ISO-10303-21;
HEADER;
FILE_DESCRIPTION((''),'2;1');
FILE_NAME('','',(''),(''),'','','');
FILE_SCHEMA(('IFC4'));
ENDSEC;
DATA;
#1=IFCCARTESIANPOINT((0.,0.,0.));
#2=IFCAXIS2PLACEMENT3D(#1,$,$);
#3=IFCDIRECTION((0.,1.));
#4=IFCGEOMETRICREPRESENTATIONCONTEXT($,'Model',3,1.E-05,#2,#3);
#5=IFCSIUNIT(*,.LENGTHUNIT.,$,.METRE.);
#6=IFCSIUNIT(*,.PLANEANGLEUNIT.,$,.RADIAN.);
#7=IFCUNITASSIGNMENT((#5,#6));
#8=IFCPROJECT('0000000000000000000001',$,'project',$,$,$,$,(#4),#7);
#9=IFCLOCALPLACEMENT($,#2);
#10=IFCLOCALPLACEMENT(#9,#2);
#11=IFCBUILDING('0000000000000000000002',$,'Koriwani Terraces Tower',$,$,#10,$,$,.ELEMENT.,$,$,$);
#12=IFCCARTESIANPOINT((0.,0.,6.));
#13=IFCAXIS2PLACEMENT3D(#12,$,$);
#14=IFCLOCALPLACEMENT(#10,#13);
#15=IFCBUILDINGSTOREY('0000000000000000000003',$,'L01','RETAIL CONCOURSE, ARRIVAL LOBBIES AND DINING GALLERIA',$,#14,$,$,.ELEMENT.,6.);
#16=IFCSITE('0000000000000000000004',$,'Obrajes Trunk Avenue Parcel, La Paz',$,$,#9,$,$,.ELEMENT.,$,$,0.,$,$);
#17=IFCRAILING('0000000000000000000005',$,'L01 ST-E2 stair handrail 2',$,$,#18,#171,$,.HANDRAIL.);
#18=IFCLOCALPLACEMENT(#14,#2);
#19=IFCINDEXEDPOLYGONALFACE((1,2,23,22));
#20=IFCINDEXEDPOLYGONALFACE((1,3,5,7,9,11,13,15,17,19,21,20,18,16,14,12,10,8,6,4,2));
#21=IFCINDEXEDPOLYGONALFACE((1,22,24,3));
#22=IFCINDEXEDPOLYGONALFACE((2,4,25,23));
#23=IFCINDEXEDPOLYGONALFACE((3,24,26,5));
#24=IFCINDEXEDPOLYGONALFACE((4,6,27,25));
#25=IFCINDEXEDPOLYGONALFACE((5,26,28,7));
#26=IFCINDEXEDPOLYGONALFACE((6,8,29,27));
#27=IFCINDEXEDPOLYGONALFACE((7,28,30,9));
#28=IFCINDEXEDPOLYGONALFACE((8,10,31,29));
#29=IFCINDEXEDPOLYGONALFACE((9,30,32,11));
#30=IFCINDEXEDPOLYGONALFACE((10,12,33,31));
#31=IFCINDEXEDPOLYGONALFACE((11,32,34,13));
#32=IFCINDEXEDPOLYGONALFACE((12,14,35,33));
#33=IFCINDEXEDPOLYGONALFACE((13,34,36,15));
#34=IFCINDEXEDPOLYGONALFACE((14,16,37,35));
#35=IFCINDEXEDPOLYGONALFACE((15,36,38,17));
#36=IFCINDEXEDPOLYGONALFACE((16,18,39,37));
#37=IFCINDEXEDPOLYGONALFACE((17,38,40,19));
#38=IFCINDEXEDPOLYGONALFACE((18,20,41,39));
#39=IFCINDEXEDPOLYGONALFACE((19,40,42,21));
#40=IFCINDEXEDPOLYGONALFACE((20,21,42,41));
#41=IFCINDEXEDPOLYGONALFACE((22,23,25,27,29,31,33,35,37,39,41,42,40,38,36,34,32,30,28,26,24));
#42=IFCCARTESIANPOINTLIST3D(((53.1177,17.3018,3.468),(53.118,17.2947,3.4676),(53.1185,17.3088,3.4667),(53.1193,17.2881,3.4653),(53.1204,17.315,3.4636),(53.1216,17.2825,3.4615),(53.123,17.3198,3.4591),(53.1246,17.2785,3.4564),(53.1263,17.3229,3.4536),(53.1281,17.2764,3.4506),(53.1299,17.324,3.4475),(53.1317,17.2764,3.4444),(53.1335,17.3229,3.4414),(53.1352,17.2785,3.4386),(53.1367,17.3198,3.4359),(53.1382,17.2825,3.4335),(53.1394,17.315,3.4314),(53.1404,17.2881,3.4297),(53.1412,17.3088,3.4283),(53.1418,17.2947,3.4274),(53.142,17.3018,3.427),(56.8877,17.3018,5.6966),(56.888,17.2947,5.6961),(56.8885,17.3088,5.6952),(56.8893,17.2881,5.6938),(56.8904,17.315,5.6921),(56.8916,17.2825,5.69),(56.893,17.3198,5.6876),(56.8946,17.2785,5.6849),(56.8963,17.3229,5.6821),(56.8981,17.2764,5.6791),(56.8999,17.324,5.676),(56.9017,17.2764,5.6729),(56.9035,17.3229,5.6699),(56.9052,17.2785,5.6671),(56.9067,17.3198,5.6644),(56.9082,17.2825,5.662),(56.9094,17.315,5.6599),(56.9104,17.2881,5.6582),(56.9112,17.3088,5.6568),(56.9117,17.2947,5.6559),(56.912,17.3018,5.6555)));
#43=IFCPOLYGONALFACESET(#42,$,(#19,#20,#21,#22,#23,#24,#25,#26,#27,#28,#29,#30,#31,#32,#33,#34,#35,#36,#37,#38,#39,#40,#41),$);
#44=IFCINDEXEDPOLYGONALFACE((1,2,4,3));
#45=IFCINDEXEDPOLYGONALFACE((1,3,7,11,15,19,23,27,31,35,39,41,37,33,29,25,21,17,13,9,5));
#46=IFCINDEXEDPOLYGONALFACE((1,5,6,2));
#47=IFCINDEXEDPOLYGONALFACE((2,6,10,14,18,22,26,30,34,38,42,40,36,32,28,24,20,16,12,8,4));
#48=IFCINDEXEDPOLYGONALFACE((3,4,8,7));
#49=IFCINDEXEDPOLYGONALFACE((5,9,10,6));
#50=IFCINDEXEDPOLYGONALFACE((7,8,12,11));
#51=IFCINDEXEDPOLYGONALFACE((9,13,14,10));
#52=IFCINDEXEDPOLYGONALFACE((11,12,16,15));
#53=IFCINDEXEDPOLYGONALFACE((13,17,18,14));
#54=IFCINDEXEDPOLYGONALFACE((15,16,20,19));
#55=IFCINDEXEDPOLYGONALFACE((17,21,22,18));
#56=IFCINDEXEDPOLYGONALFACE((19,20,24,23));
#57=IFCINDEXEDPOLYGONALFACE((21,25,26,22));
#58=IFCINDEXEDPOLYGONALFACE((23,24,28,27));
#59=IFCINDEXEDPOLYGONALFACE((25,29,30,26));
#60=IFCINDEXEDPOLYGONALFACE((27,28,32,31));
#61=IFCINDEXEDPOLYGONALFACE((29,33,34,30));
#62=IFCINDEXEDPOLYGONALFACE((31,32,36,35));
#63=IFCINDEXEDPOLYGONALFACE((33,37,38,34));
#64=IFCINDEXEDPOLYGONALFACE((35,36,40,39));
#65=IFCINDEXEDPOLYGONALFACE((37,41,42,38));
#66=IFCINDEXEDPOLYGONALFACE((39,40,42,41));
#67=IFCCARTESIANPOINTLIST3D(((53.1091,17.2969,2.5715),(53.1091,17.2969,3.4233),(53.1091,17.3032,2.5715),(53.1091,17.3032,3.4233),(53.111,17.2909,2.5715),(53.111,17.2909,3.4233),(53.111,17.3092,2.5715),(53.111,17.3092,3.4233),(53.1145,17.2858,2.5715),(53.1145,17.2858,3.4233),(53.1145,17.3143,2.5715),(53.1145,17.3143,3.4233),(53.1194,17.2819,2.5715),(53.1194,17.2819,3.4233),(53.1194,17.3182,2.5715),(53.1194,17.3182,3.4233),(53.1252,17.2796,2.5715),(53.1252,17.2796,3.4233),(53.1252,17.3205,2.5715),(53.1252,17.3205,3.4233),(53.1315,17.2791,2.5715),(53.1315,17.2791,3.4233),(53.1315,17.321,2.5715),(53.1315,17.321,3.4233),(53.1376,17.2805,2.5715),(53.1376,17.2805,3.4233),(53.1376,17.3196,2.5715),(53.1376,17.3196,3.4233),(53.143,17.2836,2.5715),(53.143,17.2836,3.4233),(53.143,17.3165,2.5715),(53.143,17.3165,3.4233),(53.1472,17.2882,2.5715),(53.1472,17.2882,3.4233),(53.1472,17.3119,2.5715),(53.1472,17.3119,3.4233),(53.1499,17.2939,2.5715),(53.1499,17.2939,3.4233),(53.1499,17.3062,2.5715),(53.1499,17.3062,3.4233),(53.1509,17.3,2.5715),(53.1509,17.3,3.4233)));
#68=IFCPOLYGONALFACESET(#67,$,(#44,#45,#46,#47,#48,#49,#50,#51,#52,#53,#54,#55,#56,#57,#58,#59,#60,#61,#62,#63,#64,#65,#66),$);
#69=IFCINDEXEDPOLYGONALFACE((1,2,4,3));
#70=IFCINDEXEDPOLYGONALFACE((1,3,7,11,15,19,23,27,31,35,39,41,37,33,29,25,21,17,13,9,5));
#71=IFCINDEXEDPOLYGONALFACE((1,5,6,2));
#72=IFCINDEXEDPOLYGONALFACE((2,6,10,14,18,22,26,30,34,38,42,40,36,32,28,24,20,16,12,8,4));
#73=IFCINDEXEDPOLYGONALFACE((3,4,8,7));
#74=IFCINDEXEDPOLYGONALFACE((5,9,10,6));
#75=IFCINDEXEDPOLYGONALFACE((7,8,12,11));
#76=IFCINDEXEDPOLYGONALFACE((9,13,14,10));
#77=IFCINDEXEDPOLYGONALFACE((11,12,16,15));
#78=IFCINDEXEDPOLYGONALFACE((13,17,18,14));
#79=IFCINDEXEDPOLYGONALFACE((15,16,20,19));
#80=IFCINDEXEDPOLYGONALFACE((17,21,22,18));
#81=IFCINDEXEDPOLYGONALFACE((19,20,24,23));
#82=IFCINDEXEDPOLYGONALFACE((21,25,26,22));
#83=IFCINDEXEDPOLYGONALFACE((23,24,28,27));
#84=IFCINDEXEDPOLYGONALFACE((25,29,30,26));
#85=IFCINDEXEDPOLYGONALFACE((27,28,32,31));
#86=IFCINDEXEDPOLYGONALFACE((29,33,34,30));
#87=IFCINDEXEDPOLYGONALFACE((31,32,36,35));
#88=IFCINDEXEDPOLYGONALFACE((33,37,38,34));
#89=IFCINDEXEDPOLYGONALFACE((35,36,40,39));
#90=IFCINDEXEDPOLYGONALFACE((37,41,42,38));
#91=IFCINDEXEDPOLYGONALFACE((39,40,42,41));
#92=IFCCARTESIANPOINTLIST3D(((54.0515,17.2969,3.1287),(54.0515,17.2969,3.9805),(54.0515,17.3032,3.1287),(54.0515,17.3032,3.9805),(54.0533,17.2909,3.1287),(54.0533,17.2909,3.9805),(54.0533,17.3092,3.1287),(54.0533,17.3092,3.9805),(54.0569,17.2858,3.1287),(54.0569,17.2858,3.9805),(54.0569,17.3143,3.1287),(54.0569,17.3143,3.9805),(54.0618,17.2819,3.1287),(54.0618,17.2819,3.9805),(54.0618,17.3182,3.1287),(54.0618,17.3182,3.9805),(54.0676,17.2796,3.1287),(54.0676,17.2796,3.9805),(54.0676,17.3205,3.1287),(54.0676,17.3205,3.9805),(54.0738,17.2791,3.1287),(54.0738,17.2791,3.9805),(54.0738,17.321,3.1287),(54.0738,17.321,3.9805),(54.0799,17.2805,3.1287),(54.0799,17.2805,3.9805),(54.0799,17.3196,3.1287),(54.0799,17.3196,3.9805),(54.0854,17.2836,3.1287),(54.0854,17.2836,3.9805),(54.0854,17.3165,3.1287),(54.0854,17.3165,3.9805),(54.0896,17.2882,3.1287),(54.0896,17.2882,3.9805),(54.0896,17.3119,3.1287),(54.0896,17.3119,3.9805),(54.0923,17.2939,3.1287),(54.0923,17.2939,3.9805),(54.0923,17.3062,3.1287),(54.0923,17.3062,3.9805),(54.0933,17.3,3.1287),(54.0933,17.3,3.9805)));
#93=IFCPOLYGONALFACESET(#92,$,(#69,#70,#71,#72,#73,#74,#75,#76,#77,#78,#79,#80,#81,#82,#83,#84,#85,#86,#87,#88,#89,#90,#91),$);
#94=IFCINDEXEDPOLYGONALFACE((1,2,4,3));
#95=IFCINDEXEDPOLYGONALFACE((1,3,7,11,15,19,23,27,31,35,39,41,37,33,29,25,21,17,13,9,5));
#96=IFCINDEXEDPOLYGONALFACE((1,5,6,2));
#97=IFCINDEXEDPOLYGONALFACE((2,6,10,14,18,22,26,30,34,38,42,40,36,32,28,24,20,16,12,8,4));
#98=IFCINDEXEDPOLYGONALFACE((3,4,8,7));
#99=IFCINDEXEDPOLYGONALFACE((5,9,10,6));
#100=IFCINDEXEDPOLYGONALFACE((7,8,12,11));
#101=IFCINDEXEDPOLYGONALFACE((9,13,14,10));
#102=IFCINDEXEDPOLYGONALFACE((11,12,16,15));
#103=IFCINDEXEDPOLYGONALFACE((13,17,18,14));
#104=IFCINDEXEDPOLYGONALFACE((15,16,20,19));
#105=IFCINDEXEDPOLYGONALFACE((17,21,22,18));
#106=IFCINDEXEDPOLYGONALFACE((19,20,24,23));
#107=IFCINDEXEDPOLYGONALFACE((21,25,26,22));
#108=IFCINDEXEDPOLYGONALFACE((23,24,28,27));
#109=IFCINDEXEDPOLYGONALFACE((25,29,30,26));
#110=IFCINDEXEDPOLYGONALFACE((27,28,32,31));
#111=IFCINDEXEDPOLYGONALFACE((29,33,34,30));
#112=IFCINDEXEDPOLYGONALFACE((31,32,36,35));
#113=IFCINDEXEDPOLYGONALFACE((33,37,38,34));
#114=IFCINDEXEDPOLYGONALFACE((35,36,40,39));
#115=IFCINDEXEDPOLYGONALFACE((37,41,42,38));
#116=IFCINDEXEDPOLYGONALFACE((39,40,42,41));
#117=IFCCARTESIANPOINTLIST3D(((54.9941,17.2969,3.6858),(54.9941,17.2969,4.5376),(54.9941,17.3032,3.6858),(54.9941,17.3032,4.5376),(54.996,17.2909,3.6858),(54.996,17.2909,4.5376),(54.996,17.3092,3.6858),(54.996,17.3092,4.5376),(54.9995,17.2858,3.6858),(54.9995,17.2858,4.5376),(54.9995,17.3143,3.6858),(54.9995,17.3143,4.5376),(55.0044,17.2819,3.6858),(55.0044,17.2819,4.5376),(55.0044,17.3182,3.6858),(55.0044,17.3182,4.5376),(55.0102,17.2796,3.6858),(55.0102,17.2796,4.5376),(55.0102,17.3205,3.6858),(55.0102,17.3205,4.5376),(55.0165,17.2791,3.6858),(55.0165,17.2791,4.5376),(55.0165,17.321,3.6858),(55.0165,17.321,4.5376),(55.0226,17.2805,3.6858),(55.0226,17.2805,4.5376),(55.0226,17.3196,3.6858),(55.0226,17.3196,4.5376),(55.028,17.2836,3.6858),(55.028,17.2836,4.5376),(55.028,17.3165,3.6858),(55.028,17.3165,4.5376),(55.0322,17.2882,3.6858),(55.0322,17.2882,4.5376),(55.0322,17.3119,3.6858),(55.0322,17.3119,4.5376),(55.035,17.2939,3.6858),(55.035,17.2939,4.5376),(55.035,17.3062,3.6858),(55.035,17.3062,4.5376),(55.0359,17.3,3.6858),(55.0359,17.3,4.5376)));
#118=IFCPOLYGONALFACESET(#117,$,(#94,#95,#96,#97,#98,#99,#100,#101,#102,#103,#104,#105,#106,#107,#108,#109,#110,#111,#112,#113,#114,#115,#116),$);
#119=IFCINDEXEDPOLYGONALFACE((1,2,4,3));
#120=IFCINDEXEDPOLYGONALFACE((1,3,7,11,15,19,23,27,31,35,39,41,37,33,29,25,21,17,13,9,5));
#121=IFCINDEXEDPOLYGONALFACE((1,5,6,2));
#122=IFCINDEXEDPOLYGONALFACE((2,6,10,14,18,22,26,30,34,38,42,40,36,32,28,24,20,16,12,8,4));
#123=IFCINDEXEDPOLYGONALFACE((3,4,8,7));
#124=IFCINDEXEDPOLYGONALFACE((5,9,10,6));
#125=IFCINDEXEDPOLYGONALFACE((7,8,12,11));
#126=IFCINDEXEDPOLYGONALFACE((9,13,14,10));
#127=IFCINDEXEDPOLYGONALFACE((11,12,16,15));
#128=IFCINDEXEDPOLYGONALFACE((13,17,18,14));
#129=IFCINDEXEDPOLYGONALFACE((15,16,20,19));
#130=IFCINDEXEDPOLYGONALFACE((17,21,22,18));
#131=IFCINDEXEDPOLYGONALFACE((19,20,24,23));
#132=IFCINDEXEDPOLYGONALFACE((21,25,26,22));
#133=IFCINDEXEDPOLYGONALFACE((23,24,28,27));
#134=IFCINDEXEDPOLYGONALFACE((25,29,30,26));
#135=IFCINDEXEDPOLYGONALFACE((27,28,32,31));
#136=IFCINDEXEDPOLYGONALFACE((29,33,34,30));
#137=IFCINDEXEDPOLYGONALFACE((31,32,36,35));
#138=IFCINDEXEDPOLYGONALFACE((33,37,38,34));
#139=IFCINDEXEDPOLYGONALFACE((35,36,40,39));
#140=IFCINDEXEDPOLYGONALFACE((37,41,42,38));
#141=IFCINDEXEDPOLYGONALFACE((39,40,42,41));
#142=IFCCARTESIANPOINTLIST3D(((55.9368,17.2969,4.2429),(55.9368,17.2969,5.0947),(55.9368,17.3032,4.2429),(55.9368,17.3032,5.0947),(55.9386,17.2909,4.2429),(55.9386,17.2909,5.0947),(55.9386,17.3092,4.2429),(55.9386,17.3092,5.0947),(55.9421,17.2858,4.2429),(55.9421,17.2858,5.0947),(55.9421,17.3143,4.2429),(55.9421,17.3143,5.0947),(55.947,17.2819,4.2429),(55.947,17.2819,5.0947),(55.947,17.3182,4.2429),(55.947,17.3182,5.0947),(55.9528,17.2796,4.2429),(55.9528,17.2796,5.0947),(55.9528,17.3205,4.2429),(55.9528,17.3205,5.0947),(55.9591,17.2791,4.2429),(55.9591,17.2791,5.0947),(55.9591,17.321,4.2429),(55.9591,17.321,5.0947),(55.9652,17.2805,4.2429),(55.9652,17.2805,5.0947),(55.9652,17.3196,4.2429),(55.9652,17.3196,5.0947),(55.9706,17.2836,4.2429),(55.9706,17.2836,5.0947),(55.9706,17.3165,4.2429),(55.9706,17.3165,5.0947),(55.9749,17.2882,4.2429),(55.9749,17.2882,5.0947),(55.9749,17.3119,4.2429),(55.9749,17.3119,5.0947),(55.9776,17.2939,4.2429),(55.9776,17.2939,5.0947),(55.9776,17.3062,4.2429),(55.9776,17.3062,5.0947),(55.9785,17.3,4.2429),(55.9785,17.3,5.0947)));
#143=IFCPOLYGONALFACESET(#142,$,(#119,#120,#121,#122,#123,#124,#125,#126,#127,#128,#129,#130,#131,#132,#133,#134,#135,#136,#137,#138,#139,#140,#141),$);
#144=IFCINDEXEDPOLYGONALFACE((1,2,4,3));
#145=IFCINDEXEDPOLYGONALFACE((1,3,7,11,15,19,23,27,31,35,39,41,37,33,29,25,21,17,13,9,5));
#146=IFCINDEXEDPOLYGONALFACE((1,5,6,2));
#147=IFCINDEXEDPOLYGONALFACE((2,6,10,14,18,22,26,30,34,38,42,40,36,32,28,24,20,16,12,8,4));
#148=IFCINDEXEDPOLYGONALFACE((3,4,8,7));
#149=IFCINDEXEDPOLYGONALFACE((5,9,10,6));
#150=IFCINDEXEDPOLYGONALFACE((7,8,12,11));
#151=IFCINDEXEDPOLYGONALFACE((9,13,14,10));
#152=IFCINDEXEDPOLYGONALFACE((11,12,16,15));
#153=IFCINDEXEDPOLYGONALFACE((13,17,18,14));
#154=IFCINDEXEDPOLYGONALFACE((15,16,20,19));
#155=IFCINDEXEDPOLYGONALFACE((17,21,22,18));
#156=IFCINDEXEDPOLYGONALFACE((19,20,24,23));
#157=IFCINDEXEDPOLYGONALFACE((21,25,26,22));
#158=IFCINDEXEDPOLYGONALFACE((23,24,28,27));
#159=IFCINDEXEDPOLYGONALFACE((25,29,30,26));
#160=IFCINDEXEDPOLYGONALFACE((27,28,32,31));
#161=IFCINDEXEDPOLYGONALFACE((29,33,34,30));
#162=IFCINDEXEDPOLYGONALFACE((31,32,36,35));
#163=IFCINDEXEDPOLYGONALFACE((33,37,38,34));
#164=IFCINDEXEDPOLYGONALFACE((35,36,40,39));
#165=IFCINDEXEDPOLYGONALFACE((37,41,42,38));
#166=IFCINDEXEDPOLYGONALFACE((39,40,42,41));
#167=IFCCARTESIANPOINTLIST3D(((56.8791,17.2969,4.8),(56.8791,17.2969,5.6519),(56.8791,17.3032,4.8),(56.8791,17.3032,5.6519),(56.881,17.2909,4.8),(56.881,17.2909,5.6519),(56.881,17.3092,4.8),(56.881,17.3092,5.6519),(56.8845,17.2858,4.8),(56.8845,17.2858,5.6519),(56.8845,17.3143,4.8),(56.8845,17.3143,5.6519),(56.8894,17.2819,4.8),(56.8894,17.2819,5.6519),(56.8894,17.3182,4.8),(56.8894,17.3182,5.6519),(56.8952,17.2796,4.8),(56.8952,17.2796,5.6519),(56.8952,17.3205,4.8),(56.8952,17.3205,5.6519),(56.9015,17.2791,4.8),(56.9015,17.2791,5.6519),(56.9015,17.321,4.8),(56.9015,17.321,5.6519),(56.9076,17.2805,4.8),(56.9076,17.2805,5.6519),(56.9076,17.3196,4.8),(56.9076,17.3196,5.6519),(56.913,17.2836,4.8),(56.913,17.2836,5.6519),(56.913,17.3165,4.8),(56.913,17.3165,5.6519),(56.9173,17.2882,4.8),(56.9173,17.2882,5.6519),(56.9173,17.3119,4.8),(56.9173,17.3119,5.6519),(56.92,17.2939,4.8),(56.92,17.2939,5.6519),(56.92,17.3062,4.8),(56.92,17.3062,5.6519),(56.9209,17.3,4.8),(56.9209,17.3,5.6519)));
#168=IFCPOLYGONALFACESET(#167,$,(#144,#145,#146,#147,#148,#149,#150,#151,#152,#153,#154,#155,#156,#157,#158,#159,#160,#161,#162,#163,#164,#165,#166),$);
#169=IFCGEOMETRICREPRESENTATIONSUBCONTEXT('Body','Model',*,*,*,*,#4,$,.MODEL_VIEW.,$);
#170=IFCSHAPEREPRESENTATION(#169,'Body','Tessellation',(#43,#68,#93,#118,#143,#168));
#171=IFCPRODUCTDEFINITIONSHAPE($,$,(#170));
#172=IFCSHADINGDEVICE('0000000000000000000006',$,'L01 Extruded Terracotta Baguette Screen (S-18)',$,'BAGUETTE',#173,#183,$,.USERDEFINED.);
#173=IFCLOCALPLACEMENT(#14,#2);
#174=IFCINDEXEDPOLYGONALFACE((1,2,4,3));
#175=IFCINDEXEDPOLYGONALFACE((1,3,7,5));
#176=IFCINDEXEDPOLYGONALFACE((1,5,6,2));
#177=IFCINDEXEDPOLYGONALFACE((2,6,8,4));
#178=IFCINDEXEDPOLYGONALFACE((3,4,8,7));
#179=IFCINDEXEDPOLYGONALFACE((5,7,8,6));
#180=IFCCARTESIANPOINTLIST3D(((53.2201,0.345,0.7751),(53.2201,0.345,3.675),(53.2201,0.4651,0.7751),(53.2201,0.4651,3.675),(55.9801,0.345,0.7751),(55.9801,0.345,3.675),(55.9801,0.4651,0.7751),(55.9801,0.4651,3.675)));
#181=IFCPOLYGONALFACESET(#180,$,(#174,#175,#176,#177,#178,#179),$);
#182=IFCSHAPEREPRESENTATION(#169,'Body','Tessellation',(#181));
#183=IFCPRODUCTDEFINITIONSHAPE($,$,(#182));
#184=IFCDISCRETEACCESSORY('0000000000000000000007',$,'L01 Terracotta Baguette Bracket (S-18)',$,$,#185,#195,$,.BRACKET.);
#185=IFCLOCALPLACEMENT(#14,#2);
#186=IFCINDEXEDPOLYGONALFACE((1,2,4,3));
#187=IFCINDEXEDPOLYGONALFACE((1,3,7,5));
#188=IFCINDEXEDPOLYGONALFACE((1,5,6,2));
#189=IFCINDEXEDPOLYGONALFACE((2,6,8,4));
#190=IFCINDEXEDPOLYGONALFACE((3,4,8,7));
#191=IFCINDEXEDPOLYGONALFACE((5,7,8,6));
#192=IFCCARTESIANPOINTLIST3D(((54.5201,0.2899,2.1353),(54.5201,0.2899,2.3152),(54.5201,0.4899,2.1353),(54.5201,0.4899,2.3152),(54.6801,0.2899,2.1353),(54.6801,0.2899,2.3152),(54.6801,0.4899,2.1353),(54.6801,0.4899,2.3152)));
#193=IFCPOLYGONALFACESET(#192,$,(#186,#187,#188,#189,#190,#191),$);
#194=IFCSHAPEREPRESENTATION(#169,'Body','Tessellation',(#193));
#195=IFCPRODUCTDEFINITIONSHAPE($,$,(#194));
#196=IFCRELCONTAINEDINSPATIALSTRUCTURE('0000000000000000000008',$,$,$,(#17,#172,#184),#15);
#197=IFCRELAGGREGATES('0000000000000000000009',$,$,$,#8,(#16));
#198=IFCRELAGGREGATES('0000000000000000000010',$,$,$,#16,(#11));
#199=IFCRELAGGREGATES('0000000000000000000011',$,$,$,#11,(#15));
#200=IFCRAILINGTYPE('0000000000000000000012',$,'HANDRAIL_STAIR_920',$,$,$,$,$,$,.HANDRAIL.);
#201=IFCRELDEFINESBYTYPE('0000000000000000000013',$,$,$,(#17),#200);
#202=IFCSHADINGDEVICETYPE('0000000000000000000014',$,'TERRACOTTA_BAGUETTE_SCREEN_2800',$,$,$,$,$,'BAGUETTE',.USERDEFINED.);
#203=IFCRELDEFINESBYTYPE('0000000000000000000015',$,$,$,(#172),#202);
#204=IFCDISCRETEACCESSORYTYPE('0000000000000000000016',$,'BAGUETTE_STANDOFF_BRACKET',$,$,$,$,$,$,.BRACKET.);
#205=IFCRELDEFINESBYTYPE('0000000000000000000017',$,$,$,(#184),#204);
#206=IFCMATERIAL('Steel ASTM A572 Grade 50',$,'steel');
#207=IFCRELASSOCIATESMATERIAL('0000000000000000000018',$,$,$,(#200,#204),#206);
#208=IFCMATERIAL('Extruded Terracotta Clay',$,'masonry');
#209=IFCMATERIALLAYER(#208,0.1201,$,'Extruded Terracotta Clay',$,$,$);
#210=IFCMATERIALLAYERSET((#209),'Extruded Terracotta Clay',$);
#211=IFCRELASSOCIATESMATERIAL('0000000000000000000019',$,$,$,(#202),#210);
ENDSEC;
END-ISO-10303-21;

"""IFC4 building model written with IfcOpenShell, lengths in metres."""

from ifc_helpers import new_model, si_unit, direction, frame, origin, origin_2d, place, context, subcontext, project, spatial, rectangle, circle, extrude, material, layer, layer_set, type_object, element, save


model = new_model("IFC4")

# Units and contexts
model_context = context("Model", 3, precision=1e-05, world=origin(), true_north=direction((0.0, 1.0)))
body_context = subcontext(model_context, "Body", "Model", "MODEL_VIEW")
ifc_project = project(units=[si_unit("LENGTHUNIT", "METRE"), si_unit("PLANEANGLEUNIT", "RADIAN")], contexts=[model_context])

# Site, building, storey
site_placement = place(None, origin())
site = spatial("IfcSite", under=ifc_project, at=site_placement, Name="Obrajes Trunk Avenue Parcel, La Paz", CompositionType="ELEMENT", RefElevation=0.0)
building_placement = place(site_placement, origin())
building = spatial("IfcBuilding", under=site, at=building_placement, Name="Koriwani Terraces Tower", CompositionType="ELEMENT")
storey_placement = place(building_placement, frame((0.0, 0.0, 6.0)))
storey = spatial("IfcBuildingStorey", under=building, at=storey_placement, Name="L01", Description="RETAIL CONCOURSE, ARRIVAL LOBBIES AND DINING GALLERIA", CompositionType="ELEMENT", Elevation=6.0)

# Shared definitions
ifc_material_1 = material(Name="Steel ASTM A572 Grade 50", Category="steel")

# Railing
railing_type_1 = type_object("IfcRailingType", Name="HANDRAIL_STAIR_920", PredefinedType="HANDRAIL", material=ifc_material_1)
railing_1_placement = place(storey_placement, frame((53.1299, 17.3, 2.5715)))
element("IfcRailing", 1, at=railing_1_placement, inside=storey, type_object=railing_type_1, Name="L01 ST-E2 stair handrail 2", PredefinedType="HANDRAIL", context=body_context, shape_type="SweptSolid", body=[
    extrude(circle(Radius=0.0239, at=origin_2d()), frame((0.0, 0.0, 0.876), z_axis=(0.860849, 0.0, 0.508861), x_axis=(0.0, 1.0, 0.0)), (0.0, 0.0, 1.0), 4.3794),
    extrude(circle(Radius=0.021, at=origin_2d()), origin(), (0.0, 0.0, 1.0), 0.8518),
    extrude(circle(Radius=0.021, at=origin_2d()), frame((0.9424, 0.0, 0.5571)), (0.0, 0.0, 1.0), 0.8518),
    extrude(circle(Radius=0.021, at=origin_2d()), frame((1.885, 0.0, 1.1143)), (0.0, 0.0, 1.0), 0.8518),
    extrude(circle(Radius=0.021, at=origin_2d()), frame((2.8276, 0.0, 1.6714)), (0.0, 0.0, 1.0), 0.8518),
    extrude(circle(Radius=0.021, at=origin_2d()), frame((3.77, 0.0, 2.2285)), (0.0, 0.0, 1.0), 0.8518),
])

# Shading device
ifc_material_2 = material(Name="Extruded Terracotta Clay", Category="masonry")
ifc_layer_1 = layer(ifc_material_2, 0.1201, Name="Extruded Terracotta Clay")
ifc_layer_set_1 = layer_set([ifc_layer_1], Name="Extruded Terracotta Clay")
shading_device_type = type_object("IfcShadingDeviceType", Name="TERRACOTTA_BAGUETTE_SCREEN_2800", ElementType="BAGUETTE", PredefinedType="USERDEFINED", material=ifc_layer_set_1)
shading_device_placement = place(storey_placement, frame((54.6001, 0.405, 0.7751), z_axis=(0.0, 0.0, 1.0), x_axis=(-1.0, 0.0, 0.0)))
element("IfcShadingDevice", 2, at=shading_device_placement, inside=storey, type_object=shading_device_type, Name="L01 Extruded Terracotta Baguette Screen (S-18)", ObjectType="BAGUETTE", PredefinedType="USERDEFINED", context=body_context, shape_type="SweptSolid", body=[
    extrude(rectangle(XDim=2.76, YDim=0.1201, at=origin_2d()), origin(), (0.0, 0.0, 1.0), 2.8999),
])

# Discrete accessory
discrete_accessory_type = type_object("IfcDiscreteAccessoryType", Name="BAGUETTE_STANDOFF_BRACKET", PredefinedType="BRACKET", material=ifc_material_1)
discrete_accessory_placement = place(storey_placement, frame((54.6001, 0.3899, 2.1353), z_axis=(0.0, 0.0, 1.0), x_axis=(-1.0, 0.0, 0.0)))
element("IfcDiscreteAccessory", 3, at=discrete_accessory_placement, inside=storey, type_object=discrete_accessory_type, Name="L01 Terracotta Baguette Bracket (S-18)", PredefinedType="BRACKET", context=body_context, shape_type="SweptSolid", body=[
    extrude(rectangle(XDim=0.1599, YDim=0.2, at=origin_2d()), origin(), (0.0, 0.0, 1.0), 0.1799),
])

save(model, "model.ifc")
